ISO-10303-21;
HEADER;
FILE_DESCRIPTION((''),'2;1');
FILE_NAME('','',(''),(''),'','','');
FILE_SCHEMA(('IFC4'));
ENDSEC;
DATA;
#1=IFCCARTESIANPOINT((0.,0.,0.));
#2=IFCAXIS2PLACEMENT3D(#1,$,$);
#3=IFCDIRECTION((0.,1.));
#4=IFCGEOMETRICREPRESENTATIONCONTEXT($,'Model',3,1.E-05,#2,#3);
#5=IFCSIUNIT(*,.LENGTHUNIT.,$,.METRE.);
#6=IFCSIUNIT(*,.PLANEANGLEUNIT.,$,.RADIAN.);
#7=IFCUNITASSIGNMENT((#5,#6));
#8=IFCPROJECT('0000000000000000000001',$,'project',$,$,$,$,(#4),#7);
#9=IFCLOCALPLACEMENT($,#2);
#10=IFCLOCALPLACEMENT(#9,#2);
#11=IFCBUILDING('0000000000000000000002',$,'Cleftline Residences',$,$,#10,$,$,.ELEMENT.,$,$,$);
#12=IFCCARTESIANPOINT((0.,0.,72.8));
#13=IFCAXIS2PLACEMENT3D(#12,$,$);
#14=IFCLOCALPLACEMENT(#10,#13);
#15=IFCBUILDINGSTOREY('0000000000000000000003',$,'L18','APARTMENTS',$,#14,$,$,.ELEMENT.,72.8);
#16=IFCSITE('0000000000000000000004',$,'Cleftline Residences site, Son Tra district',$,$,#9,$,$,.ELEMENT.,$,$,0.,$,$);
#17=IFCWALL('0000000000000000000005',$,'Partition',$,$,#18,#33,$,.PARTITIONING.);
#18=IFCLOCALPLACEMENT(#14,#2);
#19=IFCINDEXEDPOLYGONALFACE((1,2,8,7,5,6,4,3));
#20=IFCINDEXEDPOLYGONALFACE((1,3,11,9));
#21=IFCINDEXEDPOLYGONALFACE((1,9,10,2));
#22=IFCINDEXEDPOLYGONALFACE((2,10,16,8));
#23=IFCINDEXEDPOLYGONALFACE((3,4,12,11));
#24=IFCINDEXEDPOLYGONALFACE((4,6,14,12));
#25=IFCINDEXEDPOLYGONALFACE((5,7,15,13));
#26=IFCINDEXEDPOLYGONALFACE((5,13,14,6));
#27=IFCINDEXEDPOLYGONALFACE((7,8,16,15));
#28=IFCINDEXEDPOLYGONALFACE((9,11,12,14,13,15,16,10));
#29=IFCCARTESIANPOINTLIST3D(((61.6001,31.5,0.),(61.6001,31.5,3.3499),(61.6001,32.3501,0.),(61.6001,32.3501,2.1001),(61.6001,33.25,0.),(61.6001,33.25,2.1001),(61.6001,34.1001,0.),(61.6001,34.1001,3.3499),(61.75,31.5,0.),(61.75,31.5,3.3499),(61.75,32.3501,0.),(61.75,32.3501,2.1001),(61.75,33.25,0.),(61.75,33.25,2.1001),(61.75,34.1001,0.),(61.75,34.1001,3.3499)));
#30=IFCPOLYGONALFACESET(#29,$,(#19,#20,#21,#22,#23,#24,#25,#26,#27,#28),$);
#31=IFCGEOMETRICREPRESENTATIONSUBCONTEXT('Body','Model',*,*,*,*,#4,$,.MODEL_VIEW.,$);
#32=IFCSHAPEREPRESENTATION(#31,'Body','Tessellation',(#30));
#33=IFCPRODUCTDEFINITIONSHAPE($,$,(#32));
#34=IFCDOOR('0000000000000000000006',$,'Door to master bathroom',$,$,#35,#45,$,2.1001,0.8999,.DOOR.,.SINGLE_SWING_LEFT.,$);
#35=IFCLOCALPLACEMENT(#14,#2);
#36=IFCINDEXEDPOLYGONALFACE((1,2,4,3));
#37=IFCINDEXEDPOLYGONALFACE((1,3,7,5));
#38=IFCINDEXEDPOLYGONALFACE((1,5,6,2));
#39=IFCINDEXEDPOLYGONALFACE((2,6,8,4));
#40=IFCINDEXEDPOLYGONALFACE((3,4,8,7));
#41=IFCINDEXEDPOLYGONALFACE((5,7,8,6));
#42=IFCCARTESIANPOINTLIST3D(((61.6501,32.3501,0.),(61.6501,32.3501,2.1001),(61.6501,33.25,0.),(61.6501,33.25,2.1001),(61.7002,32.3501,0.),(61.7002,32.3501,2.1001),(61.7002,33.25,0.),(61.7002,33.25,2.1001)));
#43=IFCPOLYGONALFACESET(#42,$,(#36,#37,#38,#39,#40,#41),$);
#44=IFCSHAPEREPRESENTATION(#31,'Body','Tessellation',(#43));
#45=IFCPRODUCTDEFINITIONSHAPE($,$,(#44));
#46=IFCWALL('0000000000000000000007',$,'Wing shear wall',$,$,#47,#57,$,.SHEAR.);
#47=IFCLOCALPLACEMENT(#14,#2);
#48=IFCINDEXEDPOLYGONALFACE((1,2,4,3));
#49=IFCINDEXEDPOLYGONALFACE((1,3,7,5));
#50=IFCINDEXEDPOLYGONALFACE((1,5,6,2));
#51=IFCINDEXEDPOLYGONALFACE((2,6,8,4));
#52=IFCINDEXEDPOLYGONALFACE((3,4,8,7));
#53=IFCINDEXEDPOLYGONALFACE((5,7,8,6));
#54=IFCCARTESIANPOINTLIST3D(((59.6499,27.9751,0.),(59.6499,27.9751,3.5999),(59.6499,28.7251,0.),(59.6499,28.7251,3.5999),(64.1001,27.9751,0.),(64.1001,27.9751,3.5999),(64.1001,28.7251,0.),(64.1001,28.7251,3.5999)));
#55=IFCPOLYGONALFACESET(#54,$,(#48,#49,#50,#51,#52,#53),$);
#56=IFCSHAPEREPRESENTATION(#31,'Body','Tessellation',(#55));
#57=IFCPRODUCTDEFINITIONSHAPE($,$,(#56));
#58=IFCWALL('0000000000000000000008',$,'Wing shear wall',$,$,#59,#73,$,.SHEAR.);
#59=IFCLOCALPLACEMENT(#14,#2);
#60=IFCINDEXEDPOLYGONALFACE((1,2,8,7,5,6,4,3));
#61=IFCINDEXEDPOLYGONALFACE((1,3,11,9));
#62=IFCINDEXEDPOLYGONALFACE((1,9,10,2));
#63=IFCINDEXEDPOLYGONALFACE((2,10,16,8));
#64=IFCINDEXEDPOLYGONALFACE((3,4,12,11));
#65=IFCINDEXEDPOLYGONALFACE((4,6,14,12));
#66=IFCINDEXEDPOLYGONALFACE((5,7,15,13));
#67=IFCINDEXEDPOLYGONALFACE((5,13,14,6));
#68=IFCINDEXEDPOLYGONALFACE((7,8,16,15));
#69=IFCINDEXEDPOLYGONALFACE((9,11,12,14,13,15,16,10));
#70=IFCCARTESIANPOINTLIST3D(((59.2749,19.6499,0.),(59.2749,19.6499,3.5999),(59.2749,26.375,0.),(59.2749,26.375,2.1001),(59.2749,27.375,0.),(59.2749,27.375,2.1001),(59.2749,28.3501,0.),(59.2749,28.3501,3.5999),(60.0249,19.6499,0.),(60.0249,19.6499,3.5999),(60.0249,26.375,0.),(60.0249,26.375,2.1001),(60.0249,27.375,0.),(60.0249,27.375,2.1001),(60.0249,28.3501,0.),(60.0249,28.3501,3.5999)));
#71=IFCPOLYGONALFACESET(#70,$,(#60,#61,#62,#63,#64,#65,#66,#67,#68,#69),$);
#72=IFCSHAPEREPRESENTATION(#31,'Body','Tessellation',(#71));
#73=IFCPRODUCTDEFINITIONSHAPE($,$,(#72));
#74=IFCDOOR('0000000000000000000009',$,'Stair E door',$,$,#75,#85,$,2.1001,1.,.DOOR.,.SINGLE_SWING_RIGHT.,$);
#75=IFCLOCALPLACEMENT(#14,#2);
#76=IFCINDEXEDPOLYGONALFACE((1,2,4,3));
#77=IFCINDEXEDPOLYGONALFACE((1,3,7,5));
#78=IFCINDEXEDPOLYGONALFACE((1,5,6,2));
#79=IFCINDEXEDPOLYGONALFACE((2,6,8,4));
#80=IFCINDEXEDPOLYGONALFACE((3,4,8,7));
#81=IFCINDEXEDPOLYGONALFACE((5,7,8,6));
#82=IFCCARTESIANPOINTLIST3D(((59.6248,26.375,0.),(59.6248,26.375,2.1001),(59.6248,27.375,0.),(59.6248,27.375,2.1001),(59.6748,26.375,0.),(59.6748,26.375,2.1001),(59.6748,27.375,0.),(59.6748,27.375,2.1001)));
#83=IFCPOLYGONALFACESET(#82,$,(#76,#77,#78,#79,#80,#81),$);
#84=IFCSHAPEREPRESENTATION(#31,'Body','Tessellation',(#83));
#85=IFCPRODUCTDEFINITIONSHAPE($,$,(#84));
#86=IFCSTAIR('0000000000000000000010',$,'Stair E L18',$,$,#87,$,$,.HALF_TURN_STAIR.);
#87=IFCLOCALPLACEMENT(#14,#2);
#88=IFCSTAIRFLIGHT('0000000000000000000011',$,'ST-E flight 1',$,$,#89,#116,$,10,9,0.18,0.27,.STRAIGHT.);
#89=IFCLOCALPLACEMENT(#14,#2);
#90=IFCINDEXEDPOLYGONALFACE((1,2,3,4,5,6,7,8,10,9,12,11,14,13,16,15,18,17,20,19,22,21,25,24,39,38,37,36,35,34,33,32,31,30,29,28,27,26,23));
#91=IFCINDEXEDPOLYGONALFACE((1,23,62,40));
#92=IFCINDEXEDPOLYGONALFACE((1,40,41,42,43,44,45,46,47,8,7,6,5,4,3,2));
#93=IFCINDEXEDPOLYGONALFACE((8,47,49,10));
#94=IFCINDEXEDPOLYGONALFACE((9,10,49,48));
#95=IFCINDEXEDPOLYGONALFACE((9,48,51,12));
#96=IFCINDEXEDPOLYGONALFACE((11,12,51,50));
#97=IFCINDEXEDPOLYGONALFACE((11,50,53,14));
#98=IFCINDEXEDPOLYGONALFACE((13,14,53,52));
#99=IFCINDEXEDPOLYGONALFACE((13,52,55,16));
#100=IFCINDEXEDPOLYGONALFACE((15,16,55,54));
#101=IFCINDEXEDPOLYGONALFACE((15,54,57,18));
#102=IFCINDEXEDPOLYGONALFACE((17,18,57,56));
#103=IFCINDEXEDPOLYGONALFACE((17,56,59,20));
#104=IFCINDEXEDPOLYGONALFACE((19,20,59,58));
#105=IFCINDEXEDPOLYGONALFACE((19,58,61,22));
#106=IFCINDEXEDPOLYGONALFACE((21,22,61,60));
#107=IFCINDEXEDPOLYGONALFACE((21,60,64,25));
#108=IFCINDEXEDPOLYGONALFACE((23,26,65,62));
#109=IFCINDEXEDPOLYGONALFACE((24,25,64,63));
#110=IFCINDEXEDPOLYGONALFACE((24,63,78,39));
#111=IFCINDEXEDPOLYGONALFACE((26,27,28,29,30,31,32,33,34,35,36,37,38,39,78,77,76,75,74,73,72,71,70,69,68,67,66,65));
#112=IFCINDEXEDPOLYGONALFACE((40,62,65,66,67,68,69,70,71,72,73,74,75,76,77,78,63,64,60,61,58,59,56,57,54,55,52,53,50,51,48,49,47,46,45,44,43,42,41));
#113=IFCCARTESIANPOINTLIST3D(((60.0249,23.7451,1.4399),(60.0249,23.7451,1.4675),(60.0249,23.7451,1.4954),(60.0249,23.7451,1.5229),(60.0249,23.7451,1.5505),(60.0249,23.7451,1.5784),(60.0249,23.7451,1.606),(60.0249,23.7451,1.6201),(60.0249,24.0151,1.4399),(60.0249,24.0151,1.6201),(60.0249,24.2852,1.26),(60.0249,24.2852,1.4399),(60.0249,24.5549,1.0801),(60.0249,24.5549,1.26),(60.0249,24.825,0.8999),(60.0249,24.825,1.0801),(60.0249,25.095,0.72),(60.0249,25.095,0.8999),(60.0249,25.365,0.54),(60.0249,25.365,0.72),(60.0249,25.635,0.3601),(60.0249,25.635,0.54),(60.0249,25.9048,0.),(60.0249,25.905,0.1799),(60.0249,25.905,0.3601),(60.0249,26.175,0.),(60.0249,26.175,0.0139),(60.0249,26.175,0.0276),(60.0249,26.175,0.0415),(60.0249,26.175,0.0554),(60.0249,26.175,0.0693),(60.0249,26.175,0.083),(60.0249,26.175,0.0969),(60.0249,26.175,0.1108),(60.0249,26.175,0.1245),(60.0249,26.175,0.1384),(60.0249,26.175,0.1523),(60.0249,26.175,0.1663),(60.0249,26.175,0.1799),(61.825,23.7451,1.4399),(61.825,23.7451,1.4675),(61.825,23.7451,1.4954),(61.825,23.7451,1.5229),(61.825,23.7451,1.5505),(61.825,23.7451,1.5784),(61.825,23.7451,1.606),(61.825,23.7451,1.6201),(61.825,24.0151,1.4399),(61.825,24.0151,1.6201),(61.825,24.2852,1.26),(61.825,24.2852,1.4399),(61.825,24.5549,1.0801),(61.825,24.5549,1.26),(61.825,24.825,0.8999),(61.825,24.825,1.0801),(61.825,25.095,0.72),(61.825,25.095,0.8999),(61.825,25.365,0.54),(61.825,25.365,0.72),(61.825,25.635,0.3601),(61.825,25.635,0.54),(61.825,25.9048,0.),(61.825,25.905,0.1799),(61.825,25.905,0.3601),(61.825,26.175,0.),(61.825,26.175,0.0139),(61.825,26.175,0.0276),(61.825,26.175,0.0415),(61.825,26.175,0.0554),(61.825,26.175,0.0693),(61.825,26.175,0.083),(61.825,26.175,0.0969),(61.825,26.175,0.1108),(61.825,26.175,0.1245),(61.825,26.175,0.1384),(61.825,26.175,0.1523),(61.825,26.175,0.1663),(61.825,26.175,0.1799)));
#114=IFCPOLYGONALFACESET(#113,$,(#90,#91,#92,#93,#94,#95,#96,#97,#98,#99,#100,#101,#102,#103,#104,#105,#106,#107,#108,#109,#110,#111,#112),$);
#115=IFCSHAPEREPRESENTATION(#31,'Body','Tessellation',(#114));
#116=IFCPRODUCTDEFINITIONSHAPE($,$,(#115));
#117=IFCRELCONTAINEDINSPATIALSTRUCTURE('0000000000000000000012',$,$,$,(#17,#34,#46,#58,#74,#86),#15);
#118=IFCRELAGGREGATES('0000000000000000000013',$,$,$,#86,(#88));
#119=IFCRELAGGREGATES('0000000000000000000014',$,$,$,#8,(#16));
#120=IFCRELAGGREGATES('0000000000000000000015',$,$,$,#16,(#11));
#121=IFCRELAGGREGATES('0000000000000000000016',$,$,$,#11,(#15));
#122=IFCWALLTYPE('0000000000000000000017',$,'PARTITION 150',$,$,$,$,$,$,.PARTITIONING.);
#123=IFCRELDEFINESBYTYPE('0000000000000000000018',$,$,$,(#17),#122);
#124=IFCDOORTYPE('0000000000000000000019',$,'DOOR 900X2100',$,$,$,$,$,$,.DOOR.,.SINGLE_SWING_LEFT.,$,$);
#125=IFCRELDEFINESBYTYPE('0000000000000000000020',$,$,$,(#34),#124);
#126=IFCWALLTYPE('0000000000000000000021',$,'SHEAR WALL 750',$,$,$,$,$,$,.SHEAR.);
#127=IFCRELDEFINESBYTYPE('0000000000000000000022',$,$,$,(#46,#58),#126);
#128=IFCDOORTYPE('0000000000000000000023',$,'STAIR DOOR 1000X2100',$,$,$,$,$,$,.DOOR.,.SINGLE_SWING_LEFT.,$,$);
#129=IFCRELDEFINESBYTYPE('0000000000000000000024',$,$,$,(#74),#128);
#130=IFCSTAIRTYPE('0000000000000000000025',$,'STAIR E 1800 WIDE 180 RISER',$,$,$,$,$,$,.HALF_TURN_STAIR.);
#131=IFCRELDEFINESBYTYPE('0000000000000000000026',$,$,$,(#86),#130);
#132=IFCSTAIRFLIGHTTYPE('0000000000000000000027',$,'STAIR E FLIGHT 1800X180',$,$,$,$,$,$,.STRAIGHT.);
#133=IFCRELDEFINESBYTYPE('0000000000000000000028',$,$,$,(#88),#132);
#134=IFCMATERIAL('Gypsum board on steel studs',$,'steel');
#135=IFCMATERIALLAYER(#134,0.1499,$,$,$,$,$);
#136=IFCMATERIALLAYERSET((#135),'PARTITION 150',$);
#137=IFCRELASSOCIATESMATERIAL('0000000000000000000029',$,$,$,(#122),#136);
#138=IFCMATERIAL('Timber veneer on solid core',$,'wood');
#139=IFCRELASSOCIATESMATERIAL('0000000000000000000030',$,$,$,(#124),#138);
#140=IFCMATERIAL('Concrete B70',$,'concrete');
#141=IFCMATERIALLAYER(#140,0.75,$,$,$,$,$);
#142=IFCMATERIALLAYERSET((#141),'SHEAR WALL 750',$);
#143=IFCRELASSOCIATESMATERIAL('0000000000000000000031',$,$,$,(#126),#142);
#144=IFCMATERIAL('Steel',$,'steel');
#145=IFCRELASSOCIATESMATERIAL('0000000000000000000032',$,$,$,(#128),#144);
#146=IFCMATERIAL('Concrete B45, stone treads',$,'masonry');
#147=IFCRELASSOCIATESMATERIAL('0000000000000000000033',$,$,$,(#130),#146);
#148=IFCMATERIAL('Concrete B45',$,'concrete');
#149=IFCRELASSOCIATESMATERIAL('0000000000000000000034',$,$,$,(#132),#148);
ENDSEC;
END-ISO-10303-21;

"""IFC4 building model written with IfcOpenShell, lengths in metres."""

from ifc_helpers import new_model, si_unit, direction, frame, frame_2d, origin, place, context, subcontext, project, spatial, polyline, rectangle, outline, extrude, material, layer, layer_set, type_object, element, fill, aggregate, save


model = new_model("IFC4")

# Units and contexts
model_context = context("Model", 3, precision=1e-05, world=origin(), true_north=direction((0.0, 1.0)))
body_context = subcontext(model_context, "Body", "Model", "MODEL_VIEW")
ifc_project = project(units=[si_unit("LENGTHUNIT", "METRE"), si_unit("PLANEANGLEUNIT", "RADIAN")], contexts=[model_context])

# Site, building, storey
site_placement = place(None, origin())
site = spatial("IfcSite", under=ifc_project, at=site_placement, Name="Cleftline Residences site, Son Tra district", CompositionType="ELEMENT", RefElevation=0.0)
building_placement = place(site_placement, origin())
building = spatial("IfcBuilding", under=site, at=building_placement, Name="Cleftline Residences", CompositionType="ELEMENT")
storey_placement = place(building_placement, frame((0.0, 0.0, 72.8)))
storey = spatial("IfcBuildingStorey", under=building, at=storey_placement, Name="L18", Description="APARTMENTS", CompositionType="ELEMENT", Elevation=72.8)

# Shared definitions
ifc_material_1 = material(Name="Gypsum board on steel studs", Category="steel")
ifc_layer_1 = layer(ifc_material_1, 0.1499)
ifc_layer_set_1 = layer_set([ifc_layer_1], Name="PARTITION 150")
wall_type_1 = type_object("IfcWallType", Name="PARTITION 150", PredefinedType="PARTITIONING", material=ifc_layer_set_1)
ifc_material_2 = material(Name="Timber veneer on solid core", Category="wood")
door_type_1 = type_object("IfcDoorType", Name="DOOR 900X2100", OperationType="SINGLE_SWING_LEFT", PredefinedType="DOOR", material=ifc_material_2)

# Wall, opening, door
wall_1_placement = place(storey_placement, frame((61.675, 31.5, 0.0), z_axis=(0.0, 0.0, 1.0), x_axis=(0.0, 1.0, 0.0)))
wall_1 = element("IfcWall", 1, at=wall_1_placement, inside=storey, type_object=wall_type_1, Name="Partition", PredefinedType="PARTITIONING", context=body_context, shape_type="SweptSolid", body=[
    extrude(rectangle(XDim=2.6001, YDim=0.1499, at=frame_2d((1.3, 0.0))), origin(), (0.0, 0.0, 1.0), 3.3499),
])
opening_1_placement = place(wall_1_placement, frame((0.8501, 0.0, 0.0)))
opening_1 = element("IfcOpeningElement", 2, at=opening_1_placement, cuts=wall_1, PredefinedType="OPENING", context=body_context, shape_type="SweptSolid", body=[
    extrude(rectangle(XDim=0.8999, YDim=2.1001, at=frame_2d((0.45, 1.05))), frame((0.0, 0.085, 0.0), z_axis=(0.0, -1.0, 0.0), x_axis=(1.0, 0.0, 0.0)), (0.0, 0.0, 1.0), 0.1699),
])
door_1_placement = place(opening_1_placement, origin())
door_1 = element("IfcDoor", 3, at=door_1_placement, inside=storey, type_object=door_type_1, Name="Door to master bathroom", OperationType="SINGLE_SWING_LEFT", OverallHeight=2.1001, OverallWidth=0.8999, PredefinedType="DOOR", context=body_context, shape_type="SweptSolid", body=[
    extrude(rectangle(XDim=0.8999, YDim=2.1001, at=frame_2d((0.45, 1.05))), frame((0.0, 0.0249, 0.0), z_axis=(0.0, -1.0, 0.0), x_axis=(1.0, 0.0, 0.0)), (0.0, 0.0, 1.0), 0.05),
])
fill(opening_1, door_1)

# Wall
ifc_material_3 = material(Name="Concrete B70", Category="concrete")
ifc_layer_2 = layer(ifc_material_3, 0.75)
ifc_layer_set_2 = layer_set([ifc_layer_2], Name="SHEAR WALL 750")
wall_type_2 = type_object("IfcWallType", Name="SHEAR WALL 750", PredefinedType="SHEAR", material=ifc_layer_set_2)
wall_2_placement = place(storey_placement, frame((64.1001, 28.3501, 0.0), z_axis=(0.0, 0.0, 1.0), x_axis=(-1.0, 0.0, 0.0)))
element("IfcWall", 4, at=wall_2_placement, inside=storey, type_object=wall_type_2, Name="Wing shear wall", PredefinedType="SHEAR", context=body_context, shape_type="SweptSolid", body=[
    extrude(rectangle(XDim=4.4502, YDim=0.75, at=frame_2d((2.2251, 0.0))), origin(), (0.0, 0.0, 1.0), 3.5999),
])

# Wall, opening, door
wall_3_placement = place(storey_placement, frame((59.6499, 28.3501, 0.0), z_axis=(0.0, 0.0, 1.0), x_axis=(0.0, -1.0, 0.0)))
wall_3 = element("IfcWall", 5, at=wall_3_placement, inside=storey, type_object=wall_type_2, Name="Wing shear wall", PredefinedType="SHEAR", context=body_context, shape_type="SweptSolid", body=[
    extrude(rectangle(XDim=8.7002, YDim=0.75, at=frame_2d((4.3501, 0.0))), origin(), (0.0, 0.0, 1.0), 3.5999),
])
opening_2_placement = place(wall_3_placement, frame((0.9751, 0.0, 0.0)))
opening_2 = element("IfcOpeningElement", 6, at=opening_2_placement, cuts=wall_3, PredefinedType="OPENING", context=body_context, shape_type="SweptSolid", body=[
    extrude(rectangle(XDim=1.0, YDim=2.1001, at=frame_2d((0.5, 1.05))), frame((0.0, 0.385, 0.0), z_axis=(0.0, -1.0, 0.0), x_axis=(1.0, 0.0, 0.0)), (0.0, 0.0, 1.0), 0.77),
])
ifc_material_4 = material(Name="Steel", Category="steel")
door_type_2 = type_object("IfcDoorType", Name="STAIR DOOR 1000X2100", OperationType="SINGLE_SWING_LEFT", PredefinedType="DOOR", material=ifc_material_4)
door_2_placement = place(opening_2_placement, origin())
door_2 = element("IfcDoor", 7, at=door_2_placement, inside=storey, type_object=door_type_2, Name="Stair E door", OperationType="SINGLE_SWING_RIGHT", OverallHeight=2.1001, OverallWidth=1.0, PredefinedType="DOOR", context=body_context, shape_type="SweptSolid", body=[
    extrude(rectangle(XDim=1.0, YDim=2.1001, at=frame_2d((0.5, 1.05))), frame((0.0, 0.0249, 0.0), z_axis=(0.0, -1.0, 0.0), x_axis=(1.0, 0.0, 0.0)), (0.0, 0.0, 1.0), 0.05),
])
fill(opening_2, door_2)

# Stair, stair flight
ifc_material_5 = material(Name="Concrete B45, stone treads", Category="masonry")
stair_type = type_object("IfcStairType", Name="STAIR E 1800 WIDE 180 RISER", PredefinedType="HALF_TURN_STAIR", material=ifc_material_5)
stair_placement = place(storey_placement, origin())
stair = element("IfcStair", 8, at=stair_placement, inside=storey, type_object=stair_type, Name="Stair E L18", PredefinedType="HALF_TURN_STAIR")
ifc_material_6 = material(Name="Concrete B45", Category="concrete")
stair_flight_type = type_object("IfcStairFlightType", Name="STAIR E FLIGHT 1800X180", PredefinedType="STRAIGHT", material=ifc_material_6)
stair_flight_placement = place(storey_placement, frame((60.925, 26.175, 0.0), z_axis=(0.0, 0.0, 1.0), x_axis=(0.0, -1.0, 0.0)))
stair_flight = element("IfcStairFlight", 9, at=stair_flight_placement, type_object=stair_flight_type, Name="ST-E flight 1", NumberOfRisers=10, NumberOfTreads=9, PredefinedType="STRAIGHT", RiserHeight=0.18, TreadLength=0.27, context=body_context, shape_type="SweptSolid", body=[
    extrude(outline(polyline([(0.0, 0.0), (0.0, 0.0139), (0.0, 0.0276), (0.0, 0.0415), (0.0, 0.0554), (0.0, 0.0693), (0.0, 0.083), (0.0, 0.0969), (0.0, 0.1108), (0.0, 0.1245), (0.0, 0.1384), (0.0, 0.1523), (0.0, 0.1663), (0.0, 0.1799), (0.27, 0.1799), (0.27, 0.3601), (0.54, 0.3601), (0.54, 0.54), (0.8101, 0.54), (0.8101, 0.72), (1.0801, 0.72), (1.0801, 0.8999), (1.3501, 0.8999), (1.3501, 1.0801), (1.6201, 1.0801), (1.6201, 1.26), (1.8899, 1.26), (1.8899, 1.4399), (2.1599, 1.4399), (2.1599, 1.6201), (2.4299, 1.6201), (2.4299, 1.8), (2.4299, 1.7722), (2.4299, 1.7446), (2.4299, 1.7168), (2.4299, 1.6892), (2.4299, 1.6614), (2.4299, 1.6338), (2.4299, 1.606), (2.4299, 1.5784), (2.4299, 1.5505), (2.4299, 1.5229), (2.4299, 1.4954), (2.4299, 1.4675), (2.4299, 1.4399), (0.2703, 0.0), (0.0, 0.0)])), frame((0.0, 0.8999, 0.0), z_axis=(0.0, -1.0, 0.0), x_axis=(1.0, 0.0, 0.0)), (0.0, 0.0, 1.0), 1.8),
])
aggregate(stair, [stair_flight])

save(model, "model.ifc")
